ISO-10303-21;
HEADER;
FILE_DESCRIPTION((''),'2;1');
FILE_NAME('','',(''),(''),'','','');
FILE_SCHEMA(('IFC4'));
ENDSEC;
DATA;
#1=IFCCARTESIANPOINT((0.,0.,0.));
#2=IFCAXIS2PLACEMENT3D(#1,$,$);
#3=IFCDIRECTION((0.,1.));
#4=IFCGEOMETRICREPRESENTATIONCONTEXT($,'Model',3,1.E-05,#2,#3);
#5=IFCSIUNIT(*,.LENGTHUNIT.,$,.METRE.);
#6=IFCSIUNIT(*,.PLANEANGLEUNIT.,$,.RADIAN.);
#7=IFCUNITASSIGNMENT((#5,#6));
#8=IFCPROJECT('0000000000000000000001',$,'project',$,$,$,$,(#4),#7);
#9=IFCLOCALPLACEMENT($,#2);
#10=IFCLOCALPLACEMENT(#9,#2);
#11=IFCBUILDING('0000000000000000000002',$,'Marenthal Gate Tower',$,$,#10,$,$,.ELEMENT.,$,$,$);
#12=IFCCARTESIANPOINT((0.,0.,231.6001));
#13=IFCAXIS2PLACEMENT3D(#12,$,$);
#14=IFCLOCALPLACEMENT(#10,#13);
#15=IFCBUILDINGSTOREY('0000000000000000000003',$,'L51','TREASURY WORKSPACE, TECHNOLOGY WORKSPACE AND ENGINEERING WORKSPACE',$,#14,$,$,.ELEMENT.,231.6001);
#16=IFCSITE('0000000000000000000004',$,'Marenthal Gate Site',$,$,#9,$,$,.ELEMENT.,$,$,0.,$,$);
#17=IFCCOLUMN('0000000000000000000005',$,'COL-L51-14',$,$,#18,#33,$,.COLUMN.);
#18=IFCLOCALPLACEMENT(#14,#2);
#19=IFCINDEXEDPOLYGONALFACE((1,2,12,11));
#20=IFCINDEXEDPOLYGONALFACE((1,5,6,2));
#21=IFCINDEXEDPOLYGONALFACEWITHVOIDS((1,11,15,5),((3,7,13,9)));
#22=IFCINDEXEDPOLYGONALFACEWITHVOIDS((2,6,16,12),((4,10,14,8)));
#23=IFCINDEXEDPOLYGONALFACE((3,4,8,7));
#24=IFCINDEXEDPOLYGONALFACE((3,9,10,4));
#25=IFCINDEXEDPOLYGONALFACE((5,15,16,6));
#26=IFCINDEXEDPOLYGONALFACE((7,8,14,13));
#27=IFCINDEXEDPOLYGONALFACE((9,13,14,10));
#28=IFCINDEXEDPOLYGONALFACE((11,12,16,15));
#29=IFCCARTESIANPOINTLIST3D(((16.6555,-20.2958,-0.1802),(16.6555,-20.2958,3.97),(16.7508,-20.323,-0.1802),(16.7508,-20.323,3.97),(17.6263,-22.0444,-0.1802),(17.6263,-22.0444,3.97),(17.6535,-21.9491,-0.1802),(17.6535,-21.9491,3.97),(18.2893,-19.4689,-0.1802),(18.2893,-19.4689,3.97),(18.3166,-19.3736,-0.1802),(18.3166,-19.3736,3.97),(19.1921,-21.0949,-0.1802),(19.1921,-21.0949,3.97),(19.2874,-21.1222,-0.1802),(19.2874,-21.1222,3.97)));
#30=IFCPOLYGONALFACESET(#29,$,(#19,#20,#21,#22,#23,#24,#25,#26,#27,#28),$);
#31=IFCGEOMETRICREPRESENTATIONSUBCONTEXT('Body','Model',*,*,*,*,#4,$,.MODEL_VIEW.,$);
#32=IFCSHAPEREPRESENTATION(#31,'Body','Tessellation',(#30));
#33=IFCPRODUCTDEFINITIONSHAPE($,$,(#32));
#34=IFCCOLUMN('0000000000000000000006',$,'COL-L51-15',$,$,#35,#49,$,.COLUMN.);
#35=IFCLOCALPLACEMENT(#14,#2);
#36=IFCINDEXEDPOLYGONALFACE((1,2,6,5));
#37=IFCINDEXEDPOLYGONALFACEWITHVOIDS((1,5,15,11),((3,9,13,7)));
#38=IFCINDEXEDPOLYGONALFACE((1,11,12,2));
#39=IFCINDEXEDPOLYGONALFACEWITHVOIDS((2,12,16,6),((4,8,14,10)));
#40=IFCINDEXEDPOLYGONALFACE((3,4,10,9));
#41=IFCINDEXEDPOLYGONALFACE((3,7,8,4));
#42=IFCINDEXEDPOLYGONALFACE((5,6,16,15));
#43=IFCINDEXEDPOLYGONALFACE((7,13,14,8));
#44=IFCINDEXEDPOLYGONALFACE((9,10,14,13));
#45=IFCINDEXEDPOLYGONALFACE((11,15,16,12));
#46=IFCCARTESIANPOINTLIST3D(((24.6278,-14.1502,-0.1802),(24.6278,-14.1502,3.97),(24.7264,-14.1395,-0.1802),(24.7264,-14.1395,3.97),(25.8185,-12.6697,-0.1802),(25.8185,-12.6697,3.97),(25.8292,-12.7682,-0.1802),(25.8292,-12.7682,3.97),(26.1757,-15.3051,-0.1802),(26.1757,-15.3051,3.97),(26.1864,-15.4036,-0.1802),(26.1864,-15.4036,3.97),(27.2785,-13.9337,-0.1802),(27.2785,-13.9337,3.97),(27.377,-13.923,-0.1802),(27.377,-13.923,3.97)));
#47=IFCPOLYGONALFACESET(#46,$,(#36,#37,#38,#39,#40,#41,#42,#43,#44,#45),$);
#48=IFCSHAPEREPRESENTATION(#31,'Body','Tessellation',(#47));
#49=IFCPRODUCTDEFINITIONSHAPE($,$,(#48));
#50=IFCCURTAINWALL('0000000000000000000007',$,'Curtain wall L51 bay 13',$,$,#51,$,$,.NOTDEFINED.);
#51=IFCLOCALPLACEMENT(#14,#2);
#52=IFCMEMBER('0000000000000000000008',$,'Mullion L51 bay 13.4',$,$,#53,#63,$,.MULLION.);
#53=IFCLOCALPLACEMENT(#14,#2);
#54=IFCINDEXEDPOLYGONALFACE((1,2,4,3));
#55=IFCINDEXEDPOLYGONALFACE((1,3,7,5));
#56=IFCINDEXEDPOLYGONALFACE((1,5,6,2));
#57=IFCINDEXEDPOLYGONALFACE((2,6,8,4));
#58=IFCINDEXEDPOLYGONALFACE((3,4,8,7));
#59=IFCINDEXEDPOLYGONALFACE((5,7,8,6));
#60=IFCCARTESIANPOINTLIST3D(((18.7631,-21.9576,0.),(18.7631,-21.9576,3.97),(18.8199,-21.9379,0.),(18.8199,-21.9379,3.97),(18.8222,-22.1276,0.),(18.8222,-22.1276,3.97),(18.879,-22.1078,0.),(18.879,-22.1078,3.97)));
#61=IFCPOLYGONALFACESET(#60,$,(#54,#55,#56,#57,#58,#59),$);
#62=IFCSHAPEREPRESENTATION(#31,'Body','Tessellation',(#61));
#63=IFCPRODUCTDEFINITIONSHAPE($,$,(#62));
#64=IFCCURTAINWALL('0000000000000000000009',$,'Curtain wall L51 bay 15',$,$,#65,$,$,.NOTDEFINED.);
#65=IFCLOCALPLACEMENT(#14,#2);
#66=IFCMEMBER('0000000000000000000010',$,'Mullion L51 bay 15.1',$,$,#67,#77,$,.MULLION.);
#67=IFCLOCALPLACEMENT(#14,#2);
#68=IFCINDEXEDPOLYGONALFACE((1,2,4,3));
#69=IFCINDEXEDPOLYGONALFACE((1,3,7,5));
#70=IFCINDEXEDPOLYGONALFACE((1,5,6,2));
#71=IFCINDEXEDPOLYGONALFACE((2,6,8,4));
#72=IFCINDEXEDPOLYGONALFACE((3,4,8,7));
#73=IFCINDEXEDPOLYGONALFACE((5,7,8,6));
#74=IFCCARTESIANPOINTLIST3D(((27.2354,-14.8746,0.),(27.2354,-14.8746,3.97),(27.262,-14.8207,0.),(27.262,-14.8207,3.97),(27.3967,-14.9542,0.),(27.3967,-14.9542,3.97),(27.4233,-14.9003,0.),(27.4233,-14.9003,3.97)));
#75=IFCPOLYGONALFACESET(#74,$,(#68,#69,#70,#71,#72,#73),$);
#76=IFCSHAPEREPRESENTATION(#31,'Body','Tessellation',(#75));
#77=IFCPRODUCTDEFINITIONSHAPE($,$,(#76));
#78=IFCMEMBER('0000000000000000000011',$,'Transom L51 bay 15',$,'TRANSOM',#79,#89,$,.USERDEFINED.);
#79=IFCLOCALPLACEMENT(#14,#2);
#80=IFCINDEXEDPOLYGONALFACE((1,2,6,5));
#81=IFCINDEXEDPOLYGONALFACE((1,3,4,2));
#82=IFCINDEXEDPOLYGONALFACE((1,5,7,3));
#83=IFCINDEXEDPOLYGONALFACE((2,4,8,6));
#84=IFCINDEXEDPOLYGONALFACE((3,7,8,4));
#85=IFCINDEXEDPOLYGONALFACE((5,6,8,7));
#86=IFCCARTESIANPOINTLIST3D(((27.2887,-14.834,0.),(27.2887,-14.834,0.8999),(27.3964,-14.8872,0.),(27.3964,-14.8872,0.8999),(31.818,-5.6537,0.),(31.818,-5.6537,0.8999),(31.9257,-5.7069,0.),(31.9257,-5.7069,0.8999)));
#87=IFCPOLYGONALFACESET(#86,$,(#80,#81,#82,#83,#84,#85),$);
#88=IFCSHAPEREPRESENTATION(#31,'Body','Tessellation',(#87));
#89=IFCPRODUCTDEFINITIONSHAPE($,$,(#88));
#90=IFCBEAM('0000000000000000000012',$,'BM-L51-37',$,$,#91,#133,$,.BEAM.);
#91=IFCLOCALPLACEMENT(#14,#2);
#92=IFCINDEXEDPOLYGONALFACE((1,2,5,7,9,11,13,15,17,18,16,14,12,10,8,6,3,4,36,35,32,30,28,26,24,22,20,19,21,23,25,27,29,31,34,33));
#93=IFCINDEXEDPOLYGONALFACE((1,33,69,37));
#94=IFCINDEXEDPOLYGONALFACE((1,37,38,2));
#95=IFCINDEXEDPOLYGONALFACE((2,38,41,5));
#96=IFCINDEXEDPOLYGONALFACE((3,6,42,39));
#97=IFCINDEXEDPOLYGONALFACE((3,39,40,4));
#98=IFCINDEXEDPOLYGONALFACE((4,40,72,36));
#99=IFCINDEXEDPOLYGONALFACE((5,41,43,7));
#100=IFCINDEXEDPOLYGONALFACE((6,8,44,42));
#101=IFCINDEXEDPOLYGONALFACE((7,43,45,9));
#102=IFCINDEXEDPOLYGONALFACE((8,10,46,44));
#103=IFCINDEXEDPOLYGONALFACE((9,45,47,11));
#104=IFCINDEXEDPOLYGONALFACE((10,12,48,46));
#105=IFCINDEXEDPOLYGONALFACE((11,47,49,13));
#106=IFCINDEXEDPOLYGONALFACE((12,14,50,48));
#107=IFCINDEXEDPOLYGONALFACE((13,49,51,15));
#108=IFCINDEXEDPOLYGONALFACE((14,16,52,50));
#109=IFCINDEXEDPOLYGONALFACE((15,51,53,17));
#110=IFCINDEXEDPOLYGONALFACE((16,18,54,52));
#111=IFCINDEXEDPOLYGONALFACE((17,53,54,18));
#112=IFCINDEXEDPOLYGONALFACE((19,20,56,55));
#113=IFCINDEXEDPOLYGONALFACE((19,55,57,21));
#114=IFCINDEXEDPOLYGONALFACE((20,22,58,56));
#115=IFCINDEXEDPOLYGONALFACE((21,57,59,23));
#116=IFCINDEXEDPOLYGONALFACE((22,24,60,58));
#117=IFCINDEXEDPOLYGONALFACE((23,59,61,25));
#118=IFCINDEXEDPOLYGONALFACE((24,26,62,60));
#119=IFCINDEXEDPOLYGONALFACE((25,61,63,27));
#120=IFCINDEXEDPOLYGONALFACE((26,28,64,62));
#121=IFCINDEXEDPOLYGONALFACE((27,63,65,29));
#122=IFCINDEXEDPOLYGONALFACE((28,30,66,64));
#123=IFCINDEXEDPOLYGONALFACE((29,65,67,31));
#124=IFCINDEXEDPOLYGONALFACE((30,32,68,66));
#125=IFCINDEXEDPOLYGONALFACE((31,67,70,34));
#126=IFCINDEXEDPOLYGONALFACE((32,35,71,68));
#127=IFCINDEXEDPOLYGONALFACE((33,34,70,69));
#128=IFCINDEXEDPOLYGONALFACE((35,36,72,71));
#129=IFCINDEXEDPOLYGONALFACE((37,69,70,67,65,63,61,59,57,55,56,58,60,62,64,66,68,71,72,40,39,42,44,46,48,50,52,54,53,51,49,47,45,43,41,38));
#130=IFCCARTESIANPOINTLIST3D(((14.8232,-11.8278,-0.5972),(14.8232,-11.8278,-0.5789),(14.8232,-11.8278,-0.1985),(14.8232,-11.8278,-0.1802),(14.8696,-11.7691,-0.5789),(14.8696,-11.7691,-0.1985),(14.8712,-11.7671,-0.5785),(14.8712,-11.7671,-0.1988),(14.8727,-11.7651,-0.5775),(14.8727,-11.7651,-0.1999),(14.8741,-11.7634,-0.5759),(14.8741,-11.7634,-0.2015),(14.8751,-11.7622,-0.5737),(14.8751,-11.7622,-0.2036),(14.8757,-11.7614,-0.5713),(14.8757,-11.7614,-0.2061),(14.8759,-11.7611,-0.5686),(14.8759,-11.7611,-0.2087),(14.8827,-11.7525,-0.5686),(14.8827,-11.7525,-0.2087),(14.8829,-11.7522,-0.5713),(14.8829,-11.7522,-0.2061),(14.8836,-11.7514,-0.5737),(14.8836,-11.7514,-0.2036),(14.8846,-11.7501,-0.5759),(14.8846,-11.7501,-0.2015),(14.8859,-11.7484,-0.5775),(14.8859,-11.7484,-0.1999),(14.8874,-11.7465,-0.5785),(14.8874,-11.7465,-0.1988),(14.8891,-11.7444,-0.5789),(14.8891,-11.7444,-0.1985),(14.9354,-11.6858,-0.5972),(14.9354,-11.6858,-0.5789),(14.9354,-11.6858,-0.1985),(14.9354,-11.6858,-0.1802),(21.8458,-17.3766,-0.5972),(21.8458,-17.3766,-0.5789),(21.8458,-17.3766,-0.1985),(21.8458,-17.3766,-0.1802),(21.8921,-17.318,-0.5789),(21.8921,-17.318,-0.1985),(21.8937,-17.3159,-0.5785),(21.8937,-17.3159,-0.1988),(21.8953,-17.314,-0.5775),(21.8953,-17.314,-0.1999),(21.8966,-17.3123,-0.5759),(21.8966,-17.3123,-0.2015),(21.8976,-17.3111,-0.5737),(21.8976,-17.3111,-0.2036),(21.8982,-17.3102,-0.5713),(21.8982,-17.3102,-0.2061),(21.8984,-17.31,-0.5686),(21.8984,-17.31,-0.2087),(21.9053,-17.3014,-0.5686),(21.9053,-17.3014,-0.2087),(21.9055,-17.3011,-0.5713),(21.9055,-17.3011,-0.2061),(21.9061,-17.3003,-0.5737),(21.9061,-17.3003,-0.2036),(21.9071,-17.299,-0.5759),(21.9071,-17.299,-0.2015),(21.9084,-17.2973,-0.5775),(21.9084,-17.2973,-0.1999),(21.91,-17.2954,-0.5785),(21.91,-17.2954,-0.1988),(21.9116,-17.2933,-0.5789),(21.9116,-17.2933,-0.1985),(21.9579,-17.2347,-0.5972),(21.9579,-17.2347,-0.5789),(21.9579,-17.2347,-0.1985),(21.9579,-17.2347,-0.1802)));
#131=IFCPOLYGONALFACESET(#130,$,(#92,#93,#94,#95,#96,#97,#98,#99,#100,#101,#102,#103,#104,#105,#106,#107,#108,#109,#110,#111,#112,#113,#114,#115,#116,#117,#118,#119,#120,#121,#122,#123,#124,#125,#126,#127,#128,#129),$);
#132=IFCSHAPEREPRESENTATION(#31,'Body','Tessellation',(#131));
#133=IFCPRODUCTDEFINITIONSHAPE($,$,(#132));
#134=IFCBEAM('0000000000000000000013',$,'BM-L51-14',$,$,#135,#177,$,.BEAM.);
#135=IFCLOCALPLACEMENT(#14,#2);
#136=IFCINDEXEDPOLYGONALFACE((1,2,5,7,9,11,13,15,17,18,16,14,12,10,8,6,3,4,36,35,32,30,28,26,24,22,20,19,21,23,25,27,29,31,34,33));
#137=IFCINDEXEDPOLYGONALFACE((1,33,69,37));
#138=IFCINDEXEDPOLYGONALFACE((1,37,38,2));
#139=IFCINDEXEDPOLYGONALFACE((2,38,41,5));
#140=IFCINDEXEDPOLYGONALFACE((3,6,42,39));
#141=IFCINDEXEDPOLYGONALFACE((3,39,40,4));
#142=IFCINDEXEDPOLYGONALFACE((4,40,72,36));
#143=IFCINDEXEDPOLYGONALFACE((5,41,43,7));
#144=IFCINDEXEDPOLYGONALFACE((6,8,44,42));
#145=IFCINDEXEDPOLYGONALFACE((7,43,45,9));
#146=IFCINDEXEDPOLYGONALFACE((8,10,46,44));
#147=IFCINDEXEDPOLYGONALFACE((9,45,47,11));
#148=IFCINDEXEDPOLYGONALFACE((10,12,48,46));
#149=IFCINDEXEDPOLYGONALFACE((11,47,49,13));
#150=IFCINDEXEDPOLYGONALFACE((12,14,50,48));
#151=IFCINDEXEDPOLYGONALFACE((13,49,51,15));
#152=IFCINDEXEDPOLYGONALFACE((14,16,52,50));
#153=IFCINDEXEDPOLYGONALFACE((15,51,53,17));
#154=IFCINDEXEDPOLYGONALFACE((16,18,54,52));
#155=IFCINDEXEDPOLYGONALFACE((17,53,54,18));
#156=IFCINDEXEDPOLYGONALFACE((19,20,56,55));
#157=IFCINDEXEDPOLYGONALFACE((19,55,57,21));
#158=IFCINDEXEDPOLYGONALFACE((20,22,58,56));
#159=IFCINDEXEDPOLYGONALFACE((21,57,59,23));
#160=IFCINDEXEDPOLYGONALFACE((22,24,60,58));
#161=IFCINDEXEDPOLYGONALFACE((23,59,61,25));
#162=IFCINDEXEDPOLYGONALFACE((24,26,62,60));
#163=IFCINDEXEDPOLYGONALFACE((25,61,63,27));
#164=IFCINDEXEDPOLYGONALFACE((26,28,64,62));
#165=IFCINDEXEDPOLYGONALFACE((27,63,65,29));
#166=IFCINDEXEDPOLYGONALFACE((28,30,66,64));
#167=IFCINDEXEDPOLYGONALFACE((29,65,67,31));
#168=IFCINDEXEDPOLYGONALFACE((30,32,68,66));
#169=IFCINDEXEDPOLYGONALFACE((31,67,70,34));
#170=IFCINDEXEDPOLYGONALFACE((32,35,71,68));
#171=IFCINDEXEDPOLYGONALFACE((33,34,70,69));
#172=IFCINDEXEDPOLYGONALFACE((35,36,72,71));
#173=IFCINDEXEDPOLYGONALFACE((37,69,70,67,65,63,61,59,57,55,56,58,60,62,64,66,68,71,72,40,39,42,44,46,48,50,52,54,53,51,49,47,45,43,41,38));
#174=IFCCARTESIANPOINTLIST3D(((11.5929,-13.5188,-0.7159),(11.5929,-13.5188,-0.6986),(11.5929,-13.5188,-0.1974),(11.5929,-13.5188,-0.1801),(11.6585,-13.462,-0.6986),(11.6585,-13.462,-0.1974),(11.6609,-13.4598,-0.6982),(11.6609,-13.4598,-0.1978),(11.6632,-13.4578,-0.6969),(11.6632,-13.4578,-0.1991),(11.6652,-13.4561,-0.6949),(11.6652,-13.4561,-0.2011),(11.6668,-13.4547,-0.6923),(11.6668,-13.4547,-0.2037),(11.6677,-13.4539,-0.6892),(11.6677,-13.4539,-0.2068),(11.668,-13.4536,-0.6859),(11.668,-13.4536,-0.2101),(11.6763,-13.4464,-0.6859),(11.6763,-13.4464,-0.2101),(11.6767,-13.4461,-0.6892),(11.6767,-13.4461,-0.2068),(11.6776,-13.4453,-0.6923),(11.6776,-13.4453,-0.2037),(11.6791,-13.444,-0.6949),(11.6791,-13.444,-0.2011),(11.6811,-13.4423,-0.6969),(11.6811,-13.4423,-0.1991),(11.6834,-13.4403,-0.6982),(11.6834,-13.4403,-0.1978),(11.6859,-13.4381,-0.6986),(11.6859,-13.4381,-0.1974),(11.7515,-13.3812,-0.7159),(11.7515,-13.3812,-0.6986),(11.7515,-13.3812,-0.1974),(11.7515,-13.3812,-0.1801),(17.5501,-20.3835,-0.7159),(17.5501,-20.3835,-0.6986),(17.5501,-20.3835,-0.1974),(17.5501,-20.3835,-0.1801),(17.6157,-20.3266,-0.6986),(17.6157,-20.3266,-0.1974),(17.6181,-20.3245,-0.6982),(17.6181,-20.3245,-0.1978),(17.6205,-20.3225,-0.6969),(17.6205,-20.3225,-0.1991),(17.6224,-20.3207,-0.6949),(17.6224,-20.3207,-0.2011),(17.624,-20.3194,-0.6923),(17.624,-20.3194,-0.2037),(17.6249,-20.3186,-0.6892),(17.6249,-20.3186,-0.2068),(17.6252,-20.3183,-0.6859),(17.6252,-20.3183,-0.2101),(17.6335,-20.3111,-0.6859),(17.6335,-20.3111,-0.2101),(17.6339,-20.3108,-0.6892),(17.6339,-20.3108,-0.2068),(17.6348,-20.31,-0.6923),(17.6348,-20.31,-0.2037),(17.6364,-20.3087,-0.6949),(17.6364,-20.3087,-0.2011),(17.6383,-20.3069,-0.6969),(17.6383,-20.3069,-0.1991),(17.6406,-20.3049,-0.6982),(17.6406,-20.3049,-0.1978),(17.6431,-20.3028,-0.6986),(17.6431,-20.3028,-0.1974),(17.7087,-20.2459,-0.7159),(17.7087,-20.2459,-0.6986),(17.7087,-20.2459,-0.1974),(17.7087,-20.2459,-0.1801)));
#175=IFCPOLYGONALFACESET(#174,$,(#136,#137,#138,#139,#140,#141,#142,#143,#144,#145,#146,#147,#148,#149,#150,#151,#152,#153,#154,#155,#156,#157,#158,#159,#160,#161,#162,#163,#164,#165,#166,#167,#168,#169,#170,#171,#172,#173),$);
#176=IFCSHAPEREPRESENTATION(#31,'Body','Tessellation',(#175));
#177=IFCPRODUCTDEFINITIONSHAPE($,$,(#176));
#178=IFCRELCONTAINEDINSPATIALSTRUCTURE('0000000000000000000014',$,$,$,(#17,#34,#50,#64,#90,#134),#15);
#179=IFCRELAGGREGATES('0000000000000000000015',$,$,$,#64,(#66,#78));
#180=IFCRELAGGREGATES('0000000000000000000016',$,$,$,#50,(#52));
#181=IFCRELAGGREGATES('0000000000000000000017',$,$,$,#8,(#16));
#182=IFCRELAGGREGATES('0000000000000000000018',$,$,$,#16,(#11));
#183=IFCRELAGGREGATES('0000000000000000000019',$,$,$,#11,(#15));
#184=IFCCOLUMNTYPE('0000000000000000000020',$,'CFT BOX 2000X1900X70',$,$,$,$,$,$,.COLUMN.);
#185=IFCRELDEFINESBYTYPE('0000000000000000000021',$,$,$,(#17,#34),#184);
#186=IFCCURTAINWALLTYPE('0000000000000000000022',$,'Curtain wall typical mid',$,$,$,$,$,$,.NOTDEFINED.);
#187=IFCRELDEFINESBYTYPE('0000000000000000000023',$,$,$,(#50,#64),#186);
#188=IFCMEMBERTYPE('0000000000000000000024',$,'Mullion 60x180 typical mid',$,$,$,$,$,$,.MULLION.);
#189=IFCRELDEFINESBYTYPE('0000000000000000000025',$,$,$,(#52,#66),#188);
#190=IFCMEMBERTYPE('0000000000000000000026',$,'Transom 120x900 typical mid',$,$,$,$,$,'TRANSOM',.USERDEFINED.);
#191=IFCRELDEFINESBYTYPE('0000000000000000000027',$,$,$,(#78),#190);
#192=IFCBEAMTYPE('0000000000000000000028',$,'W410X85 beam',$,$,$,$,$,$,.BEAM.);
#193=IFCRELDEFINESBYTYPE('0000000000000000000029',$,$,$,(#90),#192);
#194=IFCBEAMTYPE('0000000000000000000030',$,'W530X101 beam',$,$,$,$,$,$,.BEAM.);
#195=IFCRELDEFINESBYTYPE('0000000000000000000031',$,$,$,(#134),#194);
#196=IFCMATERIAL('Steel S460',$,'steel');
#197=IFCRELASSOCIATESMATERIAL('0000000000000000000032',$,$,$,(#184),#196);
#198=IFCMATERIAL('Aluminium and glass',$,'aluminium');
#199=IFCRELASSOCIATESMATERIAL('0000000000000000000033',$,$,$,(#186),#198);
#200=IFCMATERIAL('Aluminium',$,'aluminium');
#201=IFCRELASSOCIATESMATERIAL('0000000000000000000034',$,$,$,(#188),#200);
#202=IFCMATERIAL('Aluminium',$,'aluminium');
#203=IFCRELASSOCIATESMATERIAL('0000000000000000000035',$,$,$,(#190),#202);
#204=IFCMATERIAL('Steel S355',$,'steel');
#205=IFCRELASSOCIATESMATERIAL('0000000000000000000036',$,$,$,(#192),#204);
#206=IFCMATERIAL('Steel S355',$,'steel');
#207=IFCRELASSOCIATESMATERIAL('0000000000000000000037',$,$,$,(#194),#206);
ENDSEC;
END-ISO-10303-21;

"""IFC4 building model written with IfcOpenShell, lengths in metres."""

from ifc_helpers import new_model, si_unit, direction, frame, origin, origin_2d, place, context, subcontext, project, spatial, rectangle, hollow_rectangle, i_section, extrude, material, material_profile, profile_set, type_object, element, aggregate, save


model = new_model("IFC4")

# Units and contexts
model_context = context("Model", 3, precision=1e-05, world=origin(), true_north=direction((0.0, 1.0)))
body_context = subcontext(model_context, "Body", "Model", "MODEL_VIEW")
ifc_project = project(units=[si_unit("LENGTHUNIT", "METRE"), si_unit("PLANEANGLEUNIT", "RADIAN")], contexts=[model_context])

# Site, building, storey
site_placement = place(None, origin())
site = spatial("IfcSite", under=ifc_project, at=site_placement, Name="Marenthal Gate Site", CompositionType="ELEMENT", RefElevation=0.0)
building_placement = place(site_placement, origin())
building = spatial("IfcBuilding", under=site, at=building_placement, Name="Marenthal Gate Tower", CompositionType="ELEMENT")
storey_placement = place(building_placement, frame((0.0, 0.0, 231.6001)))
storey = spatial("IfcBuildingStorey", under=building, at=storey_placement, Name="L51", Description="TREASURY WORKSPACE, TECHNOLOGY WORKSPACE AND ENGINEERING WORKSPACE", CompositionType="ELEMENT", Elevation=231.6001)

# Columns
ifc_material_1 = material(Name="Steel S460", Category="steel")
ifc_material_profile_1 = material_profile(ifc_material_1, hollow_rectangle(XDim=1.8999, YDim=2.0, WallThickness=0.0701, at=origin_2d()), Name="CFT BOX 2000X1900X70")
ifc_material_2 = material(Name="Concrete 70 MPa", Category="concrete")
ifc_material_profile_2 = material_profile(ifc_material_2, rectangle(XDim=1.76, YDim=1.8601, at=origin_2d()), Name="CFT BOX 2000X1900X70 INFILL")
ifc_profile_set_1 = profile_set([ifc_material_profile_1, ifc_material_profile_2], Name="Steel S460 shell, Concrete 70 MPa infill")
column_type = type_object("IfcColumnType", Name="CFT BOX 2000X1900X70", PredefinedType="COLUMN", material=ifc_profile_set_1)
for number, where, z_axis, x_axis, name in (
    (1, (17.9714, -20.709, -0.1802), (0.0, 0.0, 1.0), (-0.874301, -0.485385, 0.0), "COL-L51-14"),
    (2, (26.0024, -14.0366, -0.1802), (0.0, 0.0, 1.0), (-0.626684, -0.779273, 0.0), "COL-L51-15"),
):
    element("IfcColumn", number, at=place(storey_placement, frame(where, z_axis=z_axis, x_axis=x_axis)), inside=storey, type_object=column_type, Name=name, PredefinedType="COLUMN", context=body_context, shape_type="SweptSolid", body=[
        extrude(hollow_rectangle(XDim=1.8999, YDim=2.0, WallThickness=0.0701, at=origin_2d()), origin(), (0.0, 0.0, 1.0), 4.1501),
    ])

# Curtain wall, member
ifc_material_3 = material(Name="Aluminium and glass", Category="aluminium")
curtain_wall_type = type_object("IfcCurtainWallType", Name="Curtain wall typical mid", PredefinedType="NOTDEFINED", material=ifc_material_3)
curtain_wall_1_placement = place(storey_placement, origin())
curtain_wall_1 = element("IfcCurtainWall", 3, at=curtain_wall_1_placement, inside=storey, type_object=curtain_wall_type, Name="Curtain wall L51 bay 13", PredefinedType="NOTDEFINED")
ifc_material_4 = material(Name="Aluminium", Category="aluminium")
ifc_material_profile_3 = material_profile(ifc_material_4, rectangle(XDim=0.1799, YDim=0.0601, at=origin_2d()), Name="60x180 aluminium mullion")
ifc_profile_set_2 = profile_set([ifc_material_profile_3], Name="Aluminium")
member_type_1 = type_object("IfcMemberType", Name="Mullion 60x180 typical mid", PredefinedType="MULLION", material=ifc_profile_set_2)
member_1_placement = place(storey_placement, frame((18.821, -22.0327, 0.0), z_axis=(0.0, 0.0, 1.0), x_axis=(-0.328468, 0.944515, 0.0)))
member_1 = element("IfcMember", 4, at=member_1_placement, type_object=member_type_1, Name="Mullion L51 bay 13.4", PredefinedType="MULLION", context=body_context, shape_type="SweptSolid", body=[
    extrude(rectangle(XDim=0.1799, YDim=0.0601, at=origin_2d()), origin(), (0.0, 0.0, 1.0), 3.97),
])

# Curtain wall, members
curtain_wall_2_placement = place(storey_placement, origin())
curtain_wall_2 = element("IfcCurtainWall", 5, at=curtain_wall_2_placement, inside=storey, type_object=curtain_wall_type, Name="Curtain wall L51 bay 15", PredefinedType="NOTDEFINED")
member_2_placement = place(storey_placement, frame((27.3293, -14.8875, 0.0), z_axis=(0.0, 0.0, 1.0), x_axis=(-0.896798, 0.442441, 0.0)))
member_2 = element("IfcMember", 6, at=member_2_placement, type_object=member_type_1, Name="Mullion L51 bay 15.1", PredefinedType="MULLION", context=body_context, shape_type="SweptSolid", body=[
    extrude(rectangle(XDim=0.1799, YDim=0.0601, at=origin_2d()), origin(), (0.0, 0.0, 1.0), 3.97),
])
ifc_material_5 = material(Name="Aluminium", Category="aluminium")
ifc_material_profile_4 = material_profile(ifc_material_5, rectangle(XDim=0.1201, YDim=0.8999, at=origin_2d()), Name="120x900 aluminium transom")
ifc_profile_set_3 = profile_set([ifc_material_profile_4], Name="Aluminium")
member_type_2 = type_object("IfcMemberType", Name="Transom 120x900 typical mid", ElementType="TRANSOM", PredefinedType="USERDEFINED", material=ifc_profile_set_3)
member_3_placement = place(storey_placement, frame((27.3425, -14.8606, 0.45), z_axis=(0.442456, 0.89679, 0.0), x_axis=(-0.89679, 0.442456, 0.0)))
member_3 = element("IfcMember", 7, at=member_3_placement, type_object=member_type_2, Name="Transom L51 bay 15", ObjectType="TRANSOM", PredefinedType="USERDEFINED", context=body_context, shape_type="SweptSolid", body=[
    extrude(rectangle(XDim=0.1201, YDim=0.8999, at=origin_2d()), origin(), (0.0, 0.0, 1.0), 10.2368),
])
aggregate(curtain_wall_2, [member_2, member_3])

# Beams
ifc_material_6 = material(Name="Steel S355", Category="steel")
ifc_material_profile_5 = material_profile(ifc_material_6, i_section(OverallWidth=0.1809, OverallDepth=0.417, WebThickness=0.011, FlangeThickness=0.0183, FilletRadius=0.0103, at=origin_2d()), Name="W410X85")
ifc_profile_set_4 = profile_set([ifc_material_profile_5], Name="Steel S355")
beam_type_1 = type_object("IfcBeamType", Name="W410X85 beam", PredefinedType="BEAM", material=ifc_profile_set_4)
beam_1_placement = place(storey_placement, frame((21.9019, -17.3057, -0.3887), z_axis=(-0.784623, 0.619973, 0.0), x_axis=(-0.619973, -0.784623, 0.0)))
element("IfcBeam", 8, at=beam_1_placement, inside=storey, type_object=beam_type_1, Name="BM-L51-37", PredefinedType="BEAM", context=body_context, shape_type="SweptSolid", body=[
    extrude(i_section(OverallWidth=0.1809, OverallDepth=0.417, WebThickness=0.011, FlangeThickness=0.0183, FilletRadius=0.0103, at=origin_2d()), origin(), (0.0, 0.0, 1.0), 8.9502),
])
ifc_material_7 = material(Name="Steel S355", Category="steel")
ifc_material_profile_6 = material_profile(ifc_material_7, i_section(OverallWidth=0.21, OverallDepth=0.5359, WebThickness=0.011, FlangeThickness=0.0173, FilletRadius=0.0127, at=origin_2d()), Name="W530X101")
ifc_profile_set_5 = profile_set([ifc_material_profile_6], Name="Steel S355")
beam_type_2 = type_object("IfcBeamType", Name="W530X101 beam", PredefinedType="BEAM", material=ifc_profile_set_5)
beam_2_placement = place(storey_placement, frame((17.6294, -20.3147, -0.448), z_axis=(-0.655422, 0.755263, 0.0), x_axis=(-0.755263, -0.655422, 0.0)))
element("IfcBeam", 9, at=beam_2_placement, inside=storey, type_object=beam_type_2, Name="BM-L51-14", PredefinedType="BEAM", context=body_context, shape_type="SweptSolid", body=[
    extrude(i_section(OverallWidth=0.21, OverallDepth=0.5359, WebThickness=0.011, FlangeThickness=0.0173, FilletRadius=0.0127, at=origin_2d()), origin(), (0.0, 0.0, 1.0), 9.0891),
])

aggregate(curtain_wall_1, [member_1])

save(model, "model.ifc")
